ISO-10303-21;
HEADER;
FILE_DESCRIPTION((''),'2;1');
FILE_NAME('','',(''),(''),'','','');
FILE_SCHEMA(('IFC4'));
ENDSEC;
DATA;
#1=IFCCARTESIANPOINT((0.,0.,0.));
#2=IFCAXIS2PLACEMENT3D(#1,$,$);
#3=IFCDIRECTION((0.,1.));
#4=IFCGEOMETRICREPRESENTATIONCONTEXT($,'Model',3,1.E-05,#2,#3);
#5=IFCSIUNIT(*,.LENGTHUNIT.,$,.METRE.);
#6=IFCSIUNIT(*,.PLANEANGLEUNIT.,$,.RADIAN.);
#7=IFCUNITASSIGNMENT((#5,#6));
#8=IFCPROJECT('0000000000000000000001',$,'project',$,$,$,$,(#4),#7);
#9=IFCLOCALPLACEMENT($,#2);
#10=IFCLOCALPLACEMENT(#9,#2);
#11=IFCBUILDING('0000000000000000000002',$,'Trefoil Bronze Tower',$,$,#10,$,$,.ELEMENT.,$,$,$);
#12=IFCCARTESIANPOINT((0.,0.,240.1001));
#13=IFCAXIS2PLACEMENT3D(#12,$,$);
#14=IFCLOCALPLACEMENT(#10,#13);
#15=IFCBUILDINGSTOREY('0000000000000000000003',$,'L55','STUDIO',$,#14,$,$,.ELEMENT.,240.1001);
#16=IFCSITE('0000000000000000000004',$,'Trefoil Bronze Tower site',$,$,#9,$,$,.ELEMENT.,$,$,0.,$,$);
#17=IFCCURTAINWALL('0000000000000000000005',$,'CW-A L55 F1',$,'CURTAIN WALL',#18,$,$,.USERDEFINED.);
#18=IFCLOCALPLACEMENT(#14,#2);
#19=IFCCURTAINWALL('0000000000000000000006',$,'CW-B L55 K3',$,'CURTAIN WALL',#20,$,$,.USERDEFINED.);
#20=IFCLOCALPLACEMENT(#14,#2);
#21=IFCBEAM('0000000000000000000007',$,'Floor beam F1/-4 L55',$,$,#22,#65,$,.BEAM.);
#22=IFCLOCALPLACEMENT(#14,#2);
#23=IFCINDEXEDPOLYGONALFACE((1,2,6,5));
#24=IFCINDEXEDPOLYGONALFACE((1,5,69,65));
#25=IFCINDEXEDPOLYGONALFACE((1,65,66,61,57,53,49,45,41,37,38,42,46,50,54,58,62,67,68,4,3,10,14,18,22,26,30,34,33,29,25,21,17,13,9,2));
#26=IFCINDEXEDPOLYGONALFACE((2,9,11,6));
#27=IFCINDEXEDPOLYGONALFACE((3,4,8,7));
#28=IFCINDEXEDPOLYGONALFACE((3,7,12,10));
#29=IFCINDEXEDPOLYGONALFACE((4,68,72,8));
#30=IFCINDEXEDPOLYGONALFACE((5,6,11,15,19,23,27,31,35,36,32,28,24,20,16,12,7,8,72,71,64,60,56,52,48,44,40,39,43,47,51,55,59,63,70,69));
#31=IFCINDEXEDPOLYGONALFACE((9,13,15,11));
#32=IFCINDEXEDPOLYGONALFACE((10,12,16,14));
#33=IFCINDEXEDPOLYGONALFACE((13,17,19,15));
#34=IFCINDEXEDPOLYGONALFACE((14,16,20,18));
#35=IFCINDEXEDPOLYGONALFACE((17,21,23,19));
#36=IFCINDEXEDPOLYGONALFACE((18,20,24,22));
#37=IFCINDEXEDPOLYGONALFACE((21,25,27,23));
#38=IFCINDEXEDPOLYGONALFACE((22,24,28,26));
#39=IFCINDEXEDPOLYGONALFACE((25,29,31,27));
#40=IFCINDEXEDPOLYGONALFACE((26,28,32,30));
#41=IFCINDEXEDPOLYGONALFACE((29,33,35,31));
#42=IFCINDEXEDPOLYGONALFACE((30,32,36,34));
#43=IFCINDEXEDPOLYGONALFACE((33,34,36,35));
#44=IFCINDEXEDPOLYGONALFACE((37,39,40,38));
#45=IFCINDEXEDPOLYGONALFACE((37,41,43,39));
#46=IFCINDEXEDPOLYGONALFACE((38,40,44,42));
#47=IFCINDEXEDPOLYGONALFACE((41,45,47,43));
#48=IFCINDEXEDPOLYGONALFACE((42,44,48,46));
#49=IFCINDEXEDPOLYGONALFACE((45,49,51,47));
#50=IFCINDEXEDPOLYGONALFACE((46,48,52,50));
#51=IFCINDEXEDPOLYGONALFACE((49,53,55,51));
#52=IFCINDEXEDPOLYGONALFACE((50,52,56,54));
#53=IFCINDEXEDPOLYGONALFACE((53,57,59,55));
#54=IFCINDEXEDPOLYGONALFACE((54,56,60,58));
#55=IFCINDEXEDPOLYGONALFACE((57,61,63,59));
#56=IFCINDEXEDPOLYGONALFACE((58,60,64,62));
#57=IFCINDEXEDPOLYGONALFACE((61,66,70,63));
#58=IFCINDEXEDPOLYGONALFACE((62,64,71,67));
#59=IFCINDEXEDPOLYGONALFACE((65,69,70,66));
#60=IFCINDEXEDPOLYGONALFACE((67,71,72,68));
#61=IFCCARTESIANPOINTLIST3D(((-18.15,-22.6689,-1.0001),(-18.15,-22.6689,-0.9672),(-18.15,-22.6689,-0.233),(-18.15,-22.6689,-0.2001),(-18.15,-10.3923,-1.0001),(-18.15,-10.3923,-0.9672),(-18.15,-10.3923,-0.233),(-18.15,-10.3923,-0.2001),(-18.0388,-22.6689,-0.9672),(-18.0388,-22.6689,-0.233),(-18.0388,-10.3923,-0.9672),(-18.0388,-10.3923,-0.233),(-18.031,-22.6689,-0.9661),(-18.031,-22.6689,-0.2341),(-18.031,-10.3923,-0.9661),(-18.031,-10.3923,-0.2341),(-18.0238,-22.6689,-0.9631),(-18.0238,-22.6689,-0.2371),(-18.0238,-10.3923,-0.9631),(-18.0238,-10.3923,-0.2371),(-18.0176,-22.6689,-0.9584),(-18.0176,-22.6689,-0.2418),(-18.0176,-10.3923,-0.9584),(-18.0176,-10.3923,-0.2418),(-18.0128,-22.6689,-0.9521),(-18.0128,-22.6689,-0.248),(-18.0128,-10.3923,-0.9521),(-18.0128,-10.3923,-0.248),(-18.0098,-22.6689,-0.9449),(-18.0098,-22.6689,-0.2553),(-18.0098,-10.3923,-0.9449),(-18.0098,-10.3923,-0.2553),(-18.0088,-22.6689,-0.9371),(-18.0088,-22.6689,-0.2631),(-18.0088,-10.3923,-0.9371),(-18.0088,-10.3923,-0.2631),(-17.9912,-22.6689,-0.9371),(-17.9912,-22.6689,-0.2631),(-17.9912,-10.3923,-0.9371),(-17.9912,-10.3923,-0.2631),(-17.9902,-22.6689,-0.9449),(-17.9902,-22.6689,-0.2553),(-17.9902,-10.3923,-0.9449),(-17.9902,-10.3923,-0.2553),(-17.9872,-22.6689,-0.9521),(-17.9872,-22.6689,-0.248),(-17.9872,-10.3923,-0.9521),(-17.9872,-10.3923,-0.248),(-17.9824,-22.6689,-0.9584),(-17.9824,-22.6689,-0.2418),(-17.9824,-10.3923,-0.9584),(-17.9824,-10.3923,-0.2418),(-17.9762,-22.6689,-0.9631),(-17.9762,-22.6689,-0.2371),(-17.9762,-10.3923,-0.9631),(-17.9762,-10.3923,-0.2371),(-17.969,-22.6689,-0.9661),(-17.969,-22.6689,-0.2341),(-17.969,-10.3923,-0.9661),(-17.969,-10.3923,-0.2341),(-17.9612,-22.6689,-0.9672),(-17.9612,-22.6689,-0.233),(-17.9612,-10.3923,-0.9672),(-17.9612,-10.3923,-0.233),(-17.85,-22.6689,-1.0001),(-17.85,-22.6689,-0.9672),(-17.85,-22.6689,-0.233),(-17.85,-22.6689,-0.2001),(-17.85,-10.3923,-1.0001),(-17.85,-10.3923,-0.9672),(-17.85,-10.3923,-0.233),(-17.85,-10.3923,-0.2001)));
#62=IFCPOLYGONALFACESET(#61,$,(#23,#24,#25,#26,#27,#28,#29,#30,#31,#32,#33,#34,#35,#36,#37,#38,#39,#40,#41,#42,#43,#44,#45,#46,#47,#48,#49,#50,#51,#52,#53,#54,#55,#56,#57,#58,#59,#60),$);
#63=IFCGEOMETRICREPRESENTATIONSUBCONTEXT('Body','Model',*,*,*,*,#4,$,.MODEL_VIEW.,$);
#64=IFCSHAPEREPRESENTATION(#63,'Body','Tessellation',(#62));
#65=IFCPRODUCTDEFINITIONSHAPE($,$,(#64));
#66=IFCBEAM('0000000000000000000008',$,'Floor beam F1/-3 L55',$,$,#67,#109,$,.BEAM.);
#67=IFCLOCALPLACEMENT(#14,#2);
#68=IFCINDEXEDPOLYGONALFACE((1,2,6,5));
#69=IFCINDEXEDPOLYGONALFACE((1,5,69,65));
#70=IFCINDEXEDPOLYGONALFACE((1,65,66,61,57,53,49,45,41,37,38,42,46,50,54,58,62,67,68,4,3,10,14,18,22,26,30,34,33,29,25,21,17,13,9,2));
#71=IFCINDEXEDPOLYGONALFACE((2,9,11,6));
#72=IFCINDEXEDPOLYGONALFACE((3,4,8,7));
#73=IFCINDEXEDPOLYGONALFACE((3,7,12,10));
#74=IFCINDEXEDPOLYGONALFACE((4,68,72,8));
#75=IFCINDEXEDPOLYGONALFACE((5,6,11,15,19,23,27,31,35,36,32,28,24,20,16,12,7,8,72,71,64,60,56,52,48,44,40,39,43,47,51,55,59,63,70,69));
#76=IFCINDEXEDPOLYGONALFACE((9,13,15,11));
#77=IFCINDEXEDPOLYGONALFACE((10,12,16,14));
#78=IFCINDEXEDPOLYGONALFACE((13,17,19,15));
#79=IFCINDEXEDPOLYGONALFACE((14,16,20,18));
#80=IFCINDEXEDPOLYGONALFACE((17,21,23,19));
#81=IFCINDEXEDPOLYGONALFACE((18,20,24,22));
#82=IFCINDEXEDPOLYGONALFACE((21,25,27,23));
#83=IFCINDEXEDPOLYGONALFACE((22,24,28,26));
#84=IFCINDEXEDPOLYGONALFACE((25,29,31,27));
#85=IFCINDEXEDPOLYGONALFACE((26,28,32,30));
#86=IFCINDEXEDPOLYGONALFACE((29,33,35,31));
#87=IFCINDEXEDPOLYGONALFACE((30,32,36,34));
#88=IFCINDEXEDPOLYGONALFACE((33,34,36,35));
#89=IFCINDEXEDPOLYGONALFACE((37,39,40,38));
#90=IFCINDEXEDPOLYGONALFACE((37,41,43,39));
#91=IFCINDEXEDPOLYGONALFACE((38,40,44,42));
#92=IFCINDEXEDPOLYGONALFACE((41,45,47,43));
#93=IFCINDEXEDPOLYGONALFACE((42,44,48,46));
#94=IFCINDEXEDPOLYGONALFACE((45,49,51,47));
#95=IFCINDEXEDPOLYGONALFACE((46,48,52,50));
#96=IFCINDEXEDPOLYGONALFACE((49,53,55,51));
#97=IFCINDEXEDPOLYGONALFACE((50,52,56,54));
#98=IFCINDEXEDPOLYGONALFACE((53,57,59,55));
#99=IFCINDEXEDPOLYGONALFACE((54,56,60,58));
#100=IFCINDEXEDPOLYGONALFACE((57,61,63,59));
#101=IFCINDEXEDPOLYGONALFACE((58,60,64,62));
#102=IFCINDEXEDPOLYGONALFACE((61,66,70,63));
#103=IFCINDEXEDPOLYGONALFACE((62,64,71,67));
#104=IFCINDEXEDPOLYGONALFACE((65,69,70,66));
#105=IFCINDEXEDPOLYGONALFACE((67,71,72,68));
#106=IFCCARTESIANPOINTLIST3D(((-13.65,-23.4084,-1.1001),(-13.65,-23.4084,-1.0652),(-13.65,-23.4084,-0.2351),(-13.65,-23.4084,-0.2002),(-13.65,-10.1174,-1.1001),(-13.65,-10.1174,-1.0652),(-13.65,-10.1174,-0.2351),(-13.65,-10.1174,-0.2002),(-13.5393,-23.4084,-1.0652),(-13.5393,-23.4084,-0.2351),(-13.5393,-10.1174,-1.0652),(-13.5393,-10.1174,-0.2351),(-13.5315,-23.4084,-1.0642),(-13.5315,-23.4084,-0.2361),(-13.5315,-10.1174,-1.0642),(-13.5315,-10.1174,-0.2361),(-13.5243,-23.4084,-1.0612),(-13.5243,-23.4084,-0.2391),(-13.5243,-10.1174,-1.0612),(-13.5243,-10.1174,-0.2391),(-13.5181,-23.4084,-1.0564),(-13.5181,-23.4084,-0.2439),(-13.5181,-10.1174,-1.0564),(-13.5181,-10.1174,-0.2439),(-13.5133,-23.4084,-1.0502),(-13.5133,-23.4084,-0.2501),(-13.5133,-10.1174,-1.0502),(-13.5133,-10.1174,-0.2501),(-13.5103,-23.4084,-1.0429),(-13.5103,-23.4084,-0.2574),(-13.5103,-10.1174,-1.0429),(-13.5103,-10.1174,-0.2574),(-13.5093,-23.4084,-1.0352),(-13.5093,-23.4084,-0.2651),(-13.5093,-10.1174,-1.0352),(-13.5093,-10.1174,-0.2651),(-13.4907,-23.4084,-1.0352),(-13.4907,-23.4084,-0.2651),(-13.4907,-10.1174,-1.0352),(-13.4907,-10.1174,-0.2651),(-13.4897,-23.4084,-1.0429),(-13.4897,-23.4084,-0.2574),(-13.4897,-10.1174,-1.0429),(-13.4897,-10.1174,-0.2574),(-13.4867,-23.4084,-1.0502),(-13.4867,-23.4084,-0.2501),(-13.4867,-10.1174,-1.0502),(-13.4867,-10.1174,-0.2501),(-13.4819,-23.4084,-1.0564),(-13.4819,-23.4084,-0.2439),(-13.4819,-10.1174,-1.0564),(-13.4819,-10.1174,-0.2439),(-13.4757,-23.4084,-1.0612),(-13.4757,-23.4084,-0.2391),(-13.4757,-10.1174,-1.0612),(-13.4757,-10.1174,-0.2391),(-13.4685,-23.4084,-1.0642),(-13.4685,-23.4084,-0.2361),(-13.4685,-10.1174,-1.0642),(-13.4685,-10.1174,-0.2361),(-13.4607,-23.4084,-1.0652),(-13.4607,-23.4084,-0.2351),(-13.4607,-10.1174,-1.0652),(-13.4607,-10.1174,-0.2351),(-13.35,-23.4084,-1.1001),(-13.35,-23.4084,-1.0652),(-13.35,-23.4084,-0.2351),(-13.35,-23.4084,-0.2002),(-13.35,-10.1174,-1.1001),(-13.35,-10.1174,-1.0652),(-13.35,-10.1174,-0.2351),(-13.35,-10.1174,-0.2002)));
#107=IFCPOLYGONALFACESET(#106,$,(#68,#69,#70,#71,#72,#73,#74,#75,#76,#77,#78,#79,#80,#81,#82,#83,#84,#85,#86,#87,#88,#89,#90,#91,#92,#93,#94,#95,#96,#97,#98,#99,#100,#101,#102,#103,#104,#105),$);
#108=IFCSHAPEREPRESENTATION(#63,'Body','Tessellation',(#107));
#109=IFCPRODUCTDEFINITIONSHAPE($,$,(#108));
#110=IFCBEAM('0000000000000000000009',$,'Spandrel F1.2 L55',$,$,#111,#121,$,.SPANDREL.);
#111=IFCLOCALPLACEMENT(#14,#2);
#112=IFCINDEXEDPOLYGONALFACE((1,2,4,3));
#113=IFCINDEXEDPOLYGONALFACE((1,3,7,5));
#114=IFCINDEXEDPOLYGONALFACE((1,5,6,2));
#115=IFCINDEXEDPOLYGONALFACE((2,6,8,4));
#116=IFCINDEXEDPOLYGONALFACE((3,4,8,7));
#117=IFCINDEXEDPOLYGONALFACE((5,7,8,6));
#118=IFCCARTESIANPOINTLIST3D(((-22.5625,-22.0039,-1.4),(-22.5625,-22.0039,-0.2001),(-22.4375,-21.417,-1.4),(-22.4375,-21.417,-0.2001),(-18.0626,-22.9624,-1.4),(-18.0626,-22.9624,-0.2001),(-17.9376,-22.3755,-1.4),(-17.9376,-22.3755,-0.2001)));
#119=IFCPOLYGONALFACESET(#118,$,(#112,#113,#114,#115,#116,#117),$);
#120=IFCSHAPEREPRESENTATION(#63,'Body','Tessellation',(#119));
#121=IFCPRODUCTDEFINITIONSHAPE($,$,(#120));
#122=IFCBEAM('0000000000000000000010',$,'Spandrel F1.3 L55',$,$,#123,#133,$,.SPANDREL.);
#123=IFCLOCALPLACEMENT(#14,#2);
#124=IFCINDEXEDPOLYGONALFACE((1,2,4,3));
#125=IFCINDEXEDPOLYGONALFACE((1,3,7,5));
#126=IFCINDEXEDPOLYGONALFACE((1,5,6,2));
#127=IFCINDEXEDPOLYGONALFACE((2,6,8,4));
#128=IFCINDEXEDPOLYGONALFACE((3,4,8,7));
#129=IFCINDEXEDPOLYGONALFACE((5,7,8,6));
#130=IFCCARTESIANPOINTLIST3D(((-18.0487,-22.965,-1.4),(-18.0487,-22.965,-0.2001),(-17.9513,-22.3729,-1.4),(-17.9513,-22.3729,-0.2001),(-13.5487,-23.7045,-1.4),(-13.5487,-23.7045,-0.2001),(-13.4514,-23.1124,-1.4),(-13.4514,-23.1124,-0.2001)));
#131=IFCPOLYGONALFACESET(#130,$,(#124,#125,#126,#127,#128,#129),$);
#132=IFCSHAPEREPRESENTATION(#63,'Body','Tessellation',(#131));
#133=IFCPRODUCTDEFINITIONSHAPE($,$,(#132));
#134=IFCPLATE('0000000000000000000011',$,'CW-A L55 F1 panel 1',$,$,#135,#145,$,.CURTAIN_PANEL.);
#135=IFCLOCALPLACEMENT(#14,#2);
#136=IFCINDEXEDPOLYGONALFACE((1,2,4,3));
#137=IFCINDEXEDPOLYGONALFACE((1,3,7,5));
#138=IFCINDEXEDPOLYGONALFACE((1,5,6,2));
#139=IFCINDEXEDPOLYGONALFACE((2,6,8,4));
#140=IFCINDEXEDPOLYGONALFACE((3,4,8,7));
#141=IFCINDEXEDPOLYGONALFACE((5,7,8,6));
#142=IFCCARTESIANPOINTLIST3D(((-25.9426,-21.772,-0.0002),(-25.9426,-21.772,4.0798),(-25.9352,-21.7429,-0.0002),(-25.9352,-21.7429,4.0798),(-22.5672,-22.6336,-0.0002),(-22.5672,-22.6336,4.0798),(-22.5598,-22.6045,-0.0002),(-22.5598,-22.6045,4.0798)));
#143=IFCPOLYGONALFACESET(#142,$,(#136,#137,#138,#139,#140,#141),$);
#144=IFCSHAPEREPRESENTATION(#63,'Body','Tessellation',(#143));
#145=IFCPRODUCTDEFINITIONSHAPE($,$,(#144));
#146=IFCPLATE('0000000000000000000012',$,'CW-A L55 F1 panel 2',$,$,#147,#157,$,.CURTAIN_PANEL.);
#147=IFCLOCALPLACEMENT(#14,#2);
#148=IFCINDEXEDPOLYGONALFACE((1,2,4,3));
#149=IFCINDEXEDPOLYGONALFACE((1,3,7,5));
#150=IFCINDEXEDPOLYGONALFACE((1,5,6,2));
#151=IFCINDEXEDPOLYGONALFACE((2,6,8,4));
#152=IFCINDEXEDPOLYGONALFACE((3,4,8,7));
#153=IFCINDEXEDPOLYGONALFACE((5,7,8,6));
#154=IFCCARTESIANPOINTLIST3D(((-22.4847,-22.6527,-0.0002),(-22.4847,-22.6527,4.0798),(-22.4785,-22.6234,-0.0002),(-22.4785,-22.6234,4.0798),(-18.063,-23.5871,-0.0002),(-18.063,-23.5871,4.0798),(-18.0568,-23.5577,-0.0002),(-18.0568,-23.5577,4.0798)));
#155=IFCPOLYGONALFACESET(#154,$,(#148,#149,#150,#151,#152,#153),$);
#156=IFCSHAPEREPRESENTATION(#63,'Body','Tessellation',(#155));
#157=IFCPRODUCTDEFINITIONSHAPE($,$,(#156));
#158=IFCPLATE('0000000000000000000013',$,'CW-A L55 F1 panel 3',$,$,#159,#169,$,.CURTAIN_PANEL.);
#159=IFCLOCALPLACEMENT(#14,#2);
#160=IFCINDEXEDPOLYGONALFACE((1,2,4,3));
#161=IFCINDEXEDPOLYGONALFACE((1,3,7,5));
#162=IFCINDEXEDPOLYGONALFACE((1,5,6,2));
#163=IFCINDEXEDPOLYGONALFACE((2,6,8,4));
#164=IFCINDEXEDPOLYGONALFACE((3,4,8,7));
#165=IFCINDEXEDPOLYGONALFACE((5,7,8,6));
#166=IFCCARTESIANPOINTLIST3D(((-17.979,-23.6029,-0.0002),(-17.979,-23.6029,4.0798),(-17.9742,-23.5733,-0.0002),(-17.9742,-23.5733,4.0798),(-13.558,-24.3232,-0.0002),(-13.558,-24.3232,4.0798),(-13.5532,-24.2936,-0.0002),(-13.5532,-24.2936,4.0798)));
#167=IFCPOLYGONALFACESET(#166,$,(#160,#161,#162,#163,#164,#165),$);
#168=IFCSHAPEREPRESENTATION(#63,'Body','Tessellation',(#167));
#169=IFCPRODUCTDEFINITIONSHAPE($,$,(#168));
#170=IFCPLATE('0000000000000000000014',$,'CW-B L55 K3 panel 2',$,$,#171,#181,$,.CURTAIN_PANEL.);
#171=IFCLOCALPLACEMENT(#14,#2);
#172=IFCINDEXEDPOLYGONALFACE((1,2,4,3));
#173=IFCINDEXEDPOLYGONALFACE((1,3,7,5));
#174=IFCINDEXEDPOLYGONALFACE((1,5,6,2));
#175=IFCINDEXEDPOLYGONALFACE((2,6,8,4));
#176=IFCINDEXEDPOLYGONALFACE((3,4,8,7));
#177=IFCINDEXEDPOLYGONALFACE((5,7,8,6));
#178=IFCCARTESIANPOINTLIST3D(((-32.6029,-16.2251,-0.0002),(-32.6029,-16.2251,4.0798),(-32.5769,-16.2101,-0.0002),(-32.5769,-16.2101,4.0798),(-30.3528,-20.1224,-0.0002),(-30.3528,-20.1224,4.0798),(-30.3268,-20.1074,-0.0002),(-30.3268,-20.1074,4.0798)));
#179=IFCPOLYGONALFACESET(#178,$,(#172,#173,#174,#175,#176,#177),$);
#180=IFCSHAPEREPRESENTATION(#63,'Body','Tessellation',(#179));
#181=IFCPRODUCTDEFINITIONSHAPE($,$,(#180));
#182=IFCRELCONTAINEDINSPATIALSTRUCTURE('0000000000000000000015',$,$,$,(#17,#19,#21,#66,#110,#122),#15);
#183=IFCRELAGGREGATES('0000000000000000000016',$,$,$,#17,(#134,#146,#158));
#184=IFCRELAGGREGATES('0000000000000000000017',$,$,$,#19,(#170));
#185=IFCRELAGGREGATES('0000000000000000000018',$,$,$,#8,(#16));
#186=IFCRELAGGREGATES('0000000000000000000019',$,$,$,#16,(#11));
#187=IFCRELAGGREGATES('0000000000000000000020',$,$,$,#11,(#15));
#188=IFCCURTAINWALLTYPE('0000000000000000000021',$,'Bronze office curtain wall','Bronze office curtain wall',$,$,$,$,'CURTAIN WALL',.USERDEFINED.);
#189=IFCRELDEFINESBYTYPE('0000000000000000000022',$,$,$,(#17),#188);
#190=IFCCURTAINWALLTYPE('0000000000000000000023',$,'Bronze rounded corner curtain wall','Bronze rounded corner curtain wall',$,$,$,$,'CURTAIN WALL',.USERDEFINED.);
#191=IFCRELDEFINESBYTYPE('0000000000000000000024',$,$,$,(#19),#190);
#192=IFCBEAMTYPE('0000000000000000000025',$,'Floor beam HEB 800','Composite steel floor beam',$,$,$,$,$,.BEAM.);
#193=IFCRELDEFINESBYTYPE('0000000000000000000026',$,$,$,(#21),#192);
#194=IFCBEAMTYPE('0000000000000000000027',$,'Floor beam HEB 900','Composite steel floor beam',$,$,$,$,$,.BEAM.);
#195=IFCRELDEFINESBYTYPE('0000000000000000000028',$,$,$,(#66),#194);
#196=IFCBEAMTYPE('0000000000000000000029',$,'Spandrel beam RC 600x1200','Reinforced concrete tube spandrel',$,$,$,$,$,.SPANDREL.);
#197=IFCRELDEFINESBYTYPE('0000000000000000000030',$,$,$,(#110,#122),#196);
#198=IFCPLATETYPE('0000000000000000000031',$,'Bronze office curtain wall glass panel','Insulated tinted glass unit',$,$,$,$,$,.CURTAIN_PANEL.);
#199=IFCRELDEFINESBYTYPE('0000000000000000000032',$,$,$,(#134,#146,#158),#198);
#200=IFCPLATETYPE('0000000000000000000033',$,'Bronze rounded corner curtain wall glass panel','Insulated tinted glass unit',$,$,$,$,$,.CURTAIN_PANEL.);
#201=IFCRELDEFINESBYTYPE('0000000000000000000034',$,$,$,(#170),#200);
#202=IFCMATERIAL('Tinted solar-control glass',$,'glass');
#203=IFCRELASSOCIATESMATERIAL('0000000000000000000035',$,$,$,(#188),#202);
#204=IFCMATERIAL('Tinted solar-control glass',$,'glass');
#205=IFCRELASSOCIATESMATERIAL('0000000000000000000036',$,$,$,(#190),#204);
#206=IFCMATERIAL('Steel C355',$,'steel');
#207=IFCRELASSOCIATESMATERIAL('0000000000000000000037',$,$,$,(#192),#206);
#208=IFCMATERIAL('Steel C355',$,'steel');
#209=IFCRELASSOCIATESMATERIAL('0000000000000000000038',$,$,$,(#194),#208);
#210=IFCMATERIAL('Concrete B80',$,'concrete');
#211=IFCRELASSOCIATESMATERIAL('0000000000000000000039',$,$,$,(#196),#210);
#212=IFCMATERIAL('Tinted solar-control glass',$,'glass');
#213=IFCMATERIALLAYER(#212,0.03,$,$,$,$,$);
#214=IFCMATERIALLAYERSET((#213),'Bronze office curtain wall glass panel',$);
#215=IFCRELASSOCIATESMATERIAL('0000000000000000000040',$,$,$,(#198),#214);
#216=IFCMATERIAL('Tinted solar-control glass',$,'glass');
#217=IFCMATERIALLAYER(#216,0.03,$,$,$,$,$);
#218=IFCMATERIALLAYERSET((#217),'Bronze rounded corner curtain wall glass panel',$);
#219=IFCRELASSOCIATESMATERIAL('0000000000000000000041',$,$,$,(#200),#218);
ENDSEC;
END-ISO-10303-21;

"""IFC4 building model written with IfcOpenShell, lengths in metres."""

from ifc_helpers import new_model, si_unit, direction, frame, origin, origin_2d, place, context, subcontext, project, spatial, rectangle, i_section, extrude, material, layer, layer_set, material_profile, profile_set, type_object, element, aggregate, save


model = new_model("IFC4")

# Units and contexts
model_context = context("Model", 3, precision=1e-05, world=origin(), true_north=direction((0.0, 1.0)))
body_context = subcontext(model_context, "Body", "Model", "MODEL_VIEW")
ifc_project = project(units=[si_unit("LENGTHUNIT", "METRE"), si_unit("PLANEANGLEUNIT", "RADIAN")], contexts=[model_context])

# Site, building, storey
site_placement = place(None, origin())
site = spatial("IfcSite", under=ifc_project, at=site_placement, Name="Trefoil Bronze Tower site", CompositionType="ELEMENT", RefElevation=0.0)
building_placement = place(site_placement, origin())
building = spatial("IfcBuilding", under=site, at=building_placement, Name="Trefoil Bronze Tower", CompositionType="ELEMENT")
storey_placement = place(building_placement, frame((0.0, 0.0, 240.1001)))
storey = spatial("IfcBuildingStorey", under=building, at=storey_placement, Name="L55", Description="STUDIO", CompositionType="ELEMENT", Elevation=240.1001)

# Curtain walls
ifc_material_1 = material(Name="Tinted solar-control glass", Category="glass")
curtain_wall_type_1 = type_object("IfcCurtainWallType", Name="Bronze office curtain wall", Description="Bronze office curtain wall", ElementType="CURTAIN WALL", PredefinedType="USERDEFINED", material=ifc_material_1)
curtain_wall_1_placement = place(storey_placement, origin())
curtain_wall_1 = element("IfcCurtainWall", 1, at=curtain_wall_1_placement, inside=storey, type_object=curtain_wall_type_1, Name="CW-A L55 F1", ObjectType="CURTAIN WALL", PredefinedType="USERDEFINED")
ifc_material_2 = material(Name="Tinted solar-control glass", Category="glass")
curtain_wall_type_2 = type_object("IfcCurtainWallType", Name="Bronze rounded corner curtain wall", Description="Bronze rounded corner curtain wall", ElementType="CURTAIN WALL", PredefinedType="USERDEFINED", material=ifc_material_2)
curtain_wall_2_placement = place(storey_placement, origin())
curtain_wall_2 = element("IfcCurtainWall", 2, at=curtain_wall_2_placement, inside=storey, type_object=curtain_wall_type_2, Name="CW-B L55 K3", ObjectType="CURTAIN WALL", PredefinedType="USERDEFINED")

# Beams
ifc_material_3 = material(Name="Steel C355", Category="steel")
ifc_material_profile_1 = material_profile(ifc_material_3, i_section(OverallWidth=0.3, OverallDepth=0.8, WebThickness=0.0176, FlangeThickness=0.033, FilletRadius=0.03, at=origin_2d()), Name="HEB 800")
ifc_profile_set_1 = profile_set([ifc_material_profile_1], Name="Steel C355")
beam_type_1 = type_object("IfcBeamType", Name="Floor beam HEB 800", Description="Composite steel floor beam", PredefinedType="BEAM", material=ifc_profile_set_1)
beam_1_placement = place(storey_placement, frame((-18.0, -22.6689, -0.6001), z_axis=(0.0, 1.0, 0.0), x_axis=(-1.0, 0.0, 0.0)))
element("IfcBeam", 3, at=beam_1_placement, inside=storey, type_object=beam_type_1, Name="Floor beam F1/-4 L55", PredefinedType="BEAM", context=body_context, shape_type="SweptSolid", body=[
    extrude(i_section(OverallWidth=0.3, OverallDepth=0.8, WebThickness=0.0176, FlangeThickness=0.033, FilletRadius=0.03, at=origin_2d()), origin(), (0.0, 0.0, 1.0), 12.2766),
])
ifc_material_4 = material(Name="Steel C355", Category="steel")
ifc_material_profile_2 = material_profile(ifc_material_4, i_section(OverallWidth=0.3, OverallDepth=0.8999, WebThickness=0.0186, FlangeThickness=0.0349, FilletRadius=0.03, at=origin_2d()), Name="HEB 900")
ifc_profile_set_2 = profile_set([ifc_material_profile_2], Name="Steel C355")
beam_type_2 = type_object("IfcBeamType", Name="Floor beam HEB 900", Description="Composite steel floor beam", PredefinedType="BEAM", material=ifc_profile_set_2)
beam_2_placement = place(storey_placement, frame((-13.5, -23.4084, -0.6501), z_axis=(0.0, 1.0, 0.0), x_axis=(-1.0, 0.0, 0.0)))
element("IfcBeam", 4, at=beam_2_placement, inside=storey, type_object=beam_type_2, Name="Floor beam F1/-3 L55", PredefinedType="BEAM", context=body_context, shape_type="SweptSolid", body=[
    extrude(i_section(OverallWidth=0.3, OverallDepth=0.8999, WebThickness=0.0186, FlangeThickness=0.0349, FilletRadius=0.03, at=origin_2d()), origin(), (0.0, 0.0, 1.0), 13.291),
])
ifc_material_5 = material(Name="Concrete B80", Category="concrete")
ifc_material_profile_3 = material_profile(ifc_material_5, rectangle(XDim=0.6001, YDim=1.2, at=origin_2d()), Name="RC 600x1200")
ifc_profile_set_3 = profile_set([ifc_material_profile_3], Name="Concrete B80")
beam_type_3 = type_object("IfcBeamType", Name="Spandrel beam RC 600x1200", Description="Reinforced concrete tube spandrel", PredefinedType="SPANDREL", material=ifc_profile_set_3)
beam_3_placement = place(storey_placement, frame((-22.5, -21.7104, -0.8), z_axis=(0.978059, -0.208326, 0.0), x_axis=(0.208326, 0.978059, 0.0)))
element("IfcBeam", 5, at=beam_3_placement, inside=storey, type_object=beam_type_3, Name="Spandrel F1.2 L55", PredefinedType="SPANDREL", context=body_context, shape_type="SweptSolid", body=[
    extrude(rectangle(XDim=0.6001, YDim=1.2, at=origin_2d()), origin(), (0.0, 0.0, 1.0), 4.6008),
])
beam_4_placement = place(storey_placement, frame((-18.0, -22.6689, -0.8), z_axis=(0.986765, -0.162159, 0.0), x_axis=(0.162159, 0.986765, 0.0)))
element("IfcBeam", 6, at=beam_4_placement, inside=storey, type_object=beam_type_3, Name="Spandrel F1.3 L55", PredefinedType="SPANDREL", context=body_context, shape_type="SweptSolid", body=[
    extrude(rectangle(XDim=0.6001, YDim=1.2, at=origin_2d()), origin(), (0.0, 0.0, 1.0), 4.5603),
])

# Plates
ifc_material_6 = material(Name="Tinted solar-control glass", Category="glass")
ifc_layer_1 = layer(ifc_material_6, 0.03)
ifc_layer_set_1 = layer_set([ifc_layer_1], Name="Bronze office curtain wall glass panel")
plate_type_1 = type_object("IfcPlateType", Name="Bronze office curtain wall glass panel", Description="Insulated tinted glass unit", PredefinedType="CURTAIN_PANEL", material=ifc_layer_set_1)
plate_1_placement = place(storey_placement, frame((-24.2512, -22.1882, -0.0002), z_axis=(0.0, 0.0, 1.0), x_axis=(0.968934, -0.247319, 0.0)))
plate_1 = element("IfcPlate", 7, at=plate_1_placement, type_object=plate_type_1, Name="CW-A L55 F1 panel 1", PredefinedType="CURTAIN_PANEL", context=body_context, shape_type="SweptSolid", body=[
    extrude(rectangle(XDim=3.4836, YDim=0.03, at=origin_2d()), origin(), (0.0, 0.0, 1.0), 4.0801),
])
plate_2_placement = place(storey_placement, frame((-20.2708, -23.1052, -0.0002), z_axis=(0.0, 0.0, 1.0), x_axis=(0.978394, -0.206747, 0.0)))
plate_2 = element("IfcPlate", 8, at=plate_2_placement, type_object=plate_type_1, Name="CW-A L55 F1 panel 2", PredefinedType="CURTAIN_PANEL", context=body_context, shape_type="SweptSolid", body=[
    extrude(rectangle(XDim=4.5193, YDim=0.03, at=origin_2d()), origin(), (0.0, 0.0, 1.0), 4.0801),
])
plate_3_placement = place(storey_placement, frame((-15.7661, -23.9482, -0.0002), z_axis=(0.0, 0.0, 1.0), x_axis=(0.986987, -0.160803, 0.0)))
plate_3 = element("IfcPlate", 9, at=plate_3_placement, type_object=plate_type_1, Name="CW-A L55 F1 panel 3", PredefinedType="CURTAIN_PANEL", context=body_context, shape_type="SweptSolid", body=[
    extrude(rectangle(XDim=4.4792, YDim=0.03, at=origin_2d()), origin(), (0.0, 0.0, 1.0), 4.0801),
])
aggregate(curtain_wall_1, [plate_1, plate_2, plate_3])
ifc_material_7 = material(Name="Tinted solar-control glass", Category="glass")
ifc_layer_2 = layer(ifc_material_7, 0.03)
ifc_layer_set_2 = layer_set([ifc_layer_2], Name="Bronze rounded corner curtain wall glass panel")
plate_type_2 = type_object("IfcPlateType", Name="Bronze rounded corner curtain wall glass panel", Description="Insulated tinted glass unit", PredefinedType="CURTAIN_PANEL", material=ifc_layer_set_2)
plate_4_placement = place(storey_placement, frame((-31.4648, -18.1663, -0.0002), z_axis=(0.0, 0.0, 1.0), x_axis=(0.5, -0.866025, 0.0)))
plate_4 = element("IfcPlate", 10, at=plate_4_placement, type_object=plate_type_2, Name="CW-B L55 K3 panel 2", PredefinedType="CURTAIN_PANEL", context=body_context, shape_type="SweptSolid", body=[
    extrude(rectangle(XDim=4.5002, YDim=0.03, at=origin_2d()), origin(), (0.0, 0.0, 1.0), 4.0801),
])
aggregate(curtain_wall_2, [plate_4])

save(model, "model.ifc")
